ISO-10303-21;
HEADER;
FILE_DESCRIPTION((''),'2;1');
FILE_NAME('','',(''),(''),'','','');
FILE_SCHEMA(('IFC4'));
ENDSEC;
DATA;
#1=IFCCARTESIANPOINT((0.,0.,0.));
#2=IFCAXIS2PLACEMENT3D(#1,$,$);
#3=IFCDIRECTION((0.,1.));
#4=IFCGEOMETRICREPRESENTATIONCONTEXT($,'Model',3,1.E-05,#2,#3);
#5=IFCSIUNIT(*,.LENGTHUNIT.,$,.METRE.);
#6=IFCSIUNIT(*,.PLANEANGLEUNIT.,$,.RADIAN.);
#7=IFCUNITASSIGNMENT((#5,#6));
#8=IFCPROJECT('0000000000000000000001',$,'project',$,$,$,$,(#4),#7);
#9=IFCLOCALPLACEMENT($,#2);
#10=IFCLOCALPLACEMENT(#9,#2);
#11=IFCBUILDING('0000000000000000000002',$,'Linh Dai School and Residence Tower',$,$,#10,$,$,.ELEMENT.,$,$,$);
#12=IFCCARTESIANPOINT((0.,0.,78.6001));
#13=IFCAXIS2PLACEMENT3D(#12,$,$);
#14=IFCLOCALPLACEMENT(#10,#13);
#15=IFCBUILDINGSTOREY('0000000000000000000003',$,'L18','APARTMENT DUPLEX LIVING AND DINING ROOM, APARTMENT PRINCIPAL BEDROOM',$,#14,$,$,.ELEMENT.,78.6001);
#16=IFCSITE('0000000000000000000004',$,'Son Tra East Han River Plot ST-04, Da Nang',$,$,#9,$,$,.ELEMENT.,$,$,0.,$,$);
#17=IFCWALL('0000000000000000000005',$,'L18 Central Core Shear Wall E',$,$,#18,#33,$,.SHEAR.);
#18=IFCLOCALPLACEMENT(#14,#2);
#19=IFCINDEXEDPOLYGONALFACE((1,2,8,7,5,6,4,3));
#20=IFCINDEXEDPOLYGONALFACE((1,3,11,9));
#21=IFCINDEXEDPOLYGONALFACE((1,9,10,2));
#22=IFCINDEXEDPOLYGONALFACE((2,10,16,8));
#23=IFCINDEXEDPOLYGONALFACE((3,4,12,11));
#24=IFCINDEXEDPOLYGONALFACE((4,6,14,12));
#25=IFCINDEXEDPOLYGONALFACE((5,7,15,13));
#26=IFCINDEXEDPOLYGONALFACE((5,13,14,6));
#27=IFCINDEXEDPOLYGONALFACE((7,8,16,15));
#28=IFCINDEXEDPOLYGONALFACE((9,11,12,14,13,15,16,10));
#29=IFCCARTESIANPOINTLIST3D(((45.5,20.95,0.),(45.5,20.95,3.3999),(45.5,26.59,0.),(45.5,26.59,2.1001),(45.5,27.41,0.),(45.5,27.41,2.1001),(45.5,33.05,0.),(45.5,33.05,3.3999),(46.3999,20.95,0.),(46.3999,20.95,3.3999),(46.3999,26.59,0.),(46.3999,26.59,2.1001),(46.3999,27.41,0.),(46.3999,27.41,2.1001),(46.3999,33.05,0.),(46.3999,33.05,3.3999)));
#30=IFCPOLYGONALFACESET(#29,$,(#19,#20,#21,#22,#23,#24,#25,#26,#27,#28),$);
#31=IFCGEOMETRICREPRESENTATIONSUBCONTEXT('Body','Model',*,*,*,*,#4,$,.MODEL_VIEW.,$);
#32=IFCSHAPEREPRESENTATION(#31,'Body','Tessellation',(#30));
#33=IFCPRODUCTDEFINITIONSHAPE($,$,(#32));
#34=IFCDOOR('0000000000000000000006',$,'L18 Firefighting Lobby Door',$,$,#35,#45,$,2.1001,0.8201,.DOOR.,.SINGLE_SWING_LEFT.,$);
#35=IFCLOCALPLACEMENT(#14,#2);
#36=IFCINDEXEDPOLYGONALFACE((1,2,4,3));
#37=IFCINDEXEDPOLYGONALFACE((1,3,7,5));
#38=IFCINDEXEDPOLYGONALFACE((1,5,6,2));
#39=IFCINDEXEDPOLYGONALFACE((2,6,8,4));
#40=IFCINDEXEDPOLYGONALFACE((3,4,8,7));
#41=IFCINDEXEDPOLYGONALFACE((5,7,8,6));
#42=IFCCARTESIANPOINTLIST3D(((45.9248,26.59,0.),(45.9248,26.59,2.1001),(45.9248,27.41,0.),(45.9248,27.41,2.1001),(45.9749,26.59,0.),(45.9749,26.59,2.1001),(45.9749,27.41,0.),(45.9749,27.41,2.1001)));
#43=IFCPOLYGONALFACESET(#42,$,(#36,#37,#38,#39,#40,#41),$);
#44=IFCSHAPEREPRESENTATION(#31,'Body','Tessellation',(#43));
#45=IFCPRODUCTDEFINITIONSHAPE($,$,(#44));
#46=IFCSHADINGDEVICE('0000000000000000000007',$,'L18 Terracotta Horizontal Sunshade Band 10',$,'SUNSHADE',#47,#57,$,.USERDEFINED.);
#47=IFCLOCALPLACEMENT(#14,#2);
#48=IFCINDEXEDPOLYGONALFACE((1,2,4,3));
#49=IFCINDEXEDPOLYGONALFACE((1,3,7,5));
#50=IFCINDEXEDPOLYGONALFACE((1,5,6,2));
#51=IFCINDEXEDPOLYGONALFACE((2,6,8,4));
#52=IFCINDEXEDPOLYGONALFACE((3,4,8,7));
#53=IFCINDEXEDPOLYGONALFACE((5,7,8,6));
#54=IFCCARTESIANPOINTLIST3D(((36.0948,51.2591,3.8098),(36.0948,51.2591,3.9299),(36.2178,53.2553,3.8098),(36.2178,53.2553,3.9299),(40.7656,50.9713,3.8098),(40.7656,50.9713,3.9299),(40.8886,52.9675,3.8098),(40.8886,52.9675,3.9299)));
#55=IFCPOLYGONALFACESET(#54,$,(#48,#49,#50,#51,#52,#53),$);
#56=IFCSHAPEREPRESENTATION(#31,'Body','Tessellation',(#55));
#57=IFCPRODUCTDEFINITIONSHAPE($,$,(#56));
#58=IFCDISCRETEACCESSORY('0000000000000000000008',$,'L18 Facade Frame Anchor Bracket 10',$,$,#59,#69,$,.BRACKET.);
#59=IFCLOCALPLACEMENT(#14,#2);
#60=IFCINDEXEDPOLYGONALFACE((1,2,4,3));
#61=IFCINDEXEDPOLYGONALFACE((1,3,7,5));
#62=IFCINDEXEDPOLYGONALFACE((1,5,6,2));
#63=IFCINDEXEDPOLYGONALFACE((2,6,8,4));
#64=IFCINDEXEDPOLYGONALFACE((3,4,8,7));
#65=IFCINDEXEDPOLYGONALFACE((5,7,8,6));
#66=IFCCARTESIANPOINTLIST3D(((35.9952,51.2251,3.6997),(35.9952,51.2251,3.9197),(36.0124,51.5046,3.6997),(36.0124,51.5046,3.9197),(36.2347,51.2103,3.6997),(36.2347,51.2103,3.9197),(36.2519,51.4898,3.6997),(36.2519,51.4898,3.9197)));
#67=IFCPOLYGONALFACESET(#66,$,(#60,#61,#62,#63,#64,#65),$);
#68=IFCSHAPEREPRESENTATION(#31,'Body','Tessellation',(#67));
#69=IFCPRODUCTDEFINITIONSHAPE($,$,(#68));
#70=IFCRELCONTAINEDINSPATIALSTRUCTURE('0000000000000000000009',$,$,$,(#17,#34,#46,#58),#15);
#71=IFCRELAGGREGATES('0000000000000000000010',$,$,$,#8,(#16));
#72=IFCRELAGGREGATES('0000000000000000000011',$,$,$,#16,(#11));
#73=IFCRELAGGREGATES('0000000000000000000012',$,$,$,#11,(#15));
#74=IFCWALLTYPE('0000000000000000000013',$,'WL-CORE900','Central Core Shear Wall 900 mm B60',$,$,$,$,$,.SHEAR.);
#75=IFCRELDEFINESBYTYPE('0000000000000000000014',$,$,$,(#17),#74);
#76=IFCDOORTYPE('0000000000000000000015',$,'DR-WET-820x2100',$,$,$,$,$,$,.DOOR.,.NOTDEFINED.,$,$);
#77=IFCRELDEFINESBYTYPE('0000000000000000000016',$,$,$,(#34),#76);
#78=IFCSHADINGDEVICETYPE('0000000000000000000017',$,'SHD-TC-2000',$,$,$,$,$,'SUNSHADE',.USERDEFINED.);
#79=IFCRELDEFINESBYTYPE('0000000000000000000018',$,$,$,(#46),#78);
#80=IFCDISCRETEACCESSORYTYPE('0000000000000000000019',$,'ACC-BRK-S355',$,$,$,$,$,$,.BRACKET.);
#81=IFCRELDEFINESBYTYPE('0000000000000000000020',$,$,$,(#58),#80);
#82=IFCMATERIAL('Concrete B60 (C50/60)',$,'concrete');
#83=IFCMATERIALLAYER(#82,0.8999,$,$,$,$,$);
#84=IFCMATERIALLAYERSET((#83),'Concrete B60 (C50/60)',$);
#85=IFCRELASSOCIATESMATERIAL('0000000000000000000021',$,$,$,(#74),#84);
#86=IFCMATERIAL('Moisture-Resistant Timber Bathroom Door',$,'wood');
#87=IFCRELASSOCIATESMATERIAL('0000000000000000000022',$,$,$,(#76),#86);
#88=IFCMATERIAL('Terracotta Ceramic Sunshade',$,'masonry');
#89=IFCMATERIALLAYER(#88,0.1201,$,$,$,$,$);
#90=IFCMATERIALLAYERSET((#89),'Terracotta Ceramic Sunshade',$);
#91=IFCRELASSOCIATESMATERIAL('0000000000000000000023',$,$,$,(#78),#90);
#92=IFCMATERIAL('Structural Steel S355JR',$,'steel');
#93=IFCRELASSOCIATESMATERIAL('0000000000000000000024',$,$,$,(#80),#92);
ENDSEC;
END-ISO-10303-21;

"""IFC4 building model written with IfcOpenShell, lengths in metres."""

from ifc_helpers import new_model, si_unit, direction, frame, frame_2d, origin, origin_2d, place, context, subcontext, project, spatial, rectangle, extrude, source, transform, mapped, material, layer, layer_set, type_object, element, fill, save


model = new_model("IFC4")

# Units and contexts
model_context = context("Model", 3, precision=1e-05, world=origin(), true_north=direction((0.0, 1.0)))
body_context = subcontext(model_context, "Body", "Model", "MODEL_VIEW")
ifc_project = project(units=[si_unit("LENGTHUNIT", "METRE"), si_unit("PLANEANGLEUNIT", "RADIAN")], contexts=[model_context])

# Site, building, storey
site_placement = place(None, origin())
site = spatial("IfcSite", under=ifc_project, at=site_placement, Name="Son Tra East Han River Plot ST-04, Da Nang", CompositionType="ELEMENT", RefElevation=0.0)
building_placement = place(site_placement, origin())
building = spatial("IfcBuilding", under=site, at=building_placement, Name="Linh Dai School and Residence Tower", CompositionType="ELEMENT")
storey_placement = place(building_placement, frame((0.0, 0.0, 78.6001)))
storey = spatial("IfcBuildingStorey", under=building, at=storey_placement, Name="L18", Description="APARTMENT DUPLEX LIVING AND DINING ROOM, APARTMENT PRINCIPAL BEDROOM", CompositionType="ELEMENT", Elevation=78.6001)

# Shared definitions
ifc_material_1 = material(Name="Concrete B60 (C50/60)", Category="concrete")

# Shared definitions
ifc_material_2 = material(Name="Structural Steel S355JR", Category="steel")

# Wall, opening, door
ifc_layer_1 = layer(ifc_material_1, 0.8999)
ifc_layer_set_1 = layer_set([ifc_layer_1], Name="Concrete B60 (C50/60)")
wall_type_1 = type_object("IfcWallType", Name="WL-CORE900", Description="Central Core Shear Wall 900 mm B60", PredefinedType="SHEAR", material=ifc_layer_set_1)
wall_1_placement = place(storey_placement, frame((45.95, 33.05, 0.0), z_axis=(0.0, 0.0, 1.0), x_axis=(0.0, -1.0, 0.0)))
wall_1 = element("IfcWall", 1, at=wall_1_placement, inside=storey, type_object=wall_type_1, Name="L18 Central Core Shear Wall E", PredefinedType="SHEAR", context=body_context, shape_type="SweptSolid", body=[
    extrude(rectangle(XDim=12.1001, YDim=0.8999, at=frame_2d((6.05, 0.0))), origin(), (0.0, 0.0, 1.0), 3.3999),
])
opening_1_placement = place(wall_1_placement, frame((5.6399, 0.0, 0.0)))
opening_1 = element("IfcOpeningElement", 2, at=opening_1_placement, cuts=wall_1, PredefinedType="OPENING", context=body_context, shape_type="SweptSolid", body=[
    extrude(rectangle(XDim=0.8201, YDim=2.1001, at=origin_2d()), frame((0.4102, 0.46, 1.05), z_axis=(0.0, -1.0, 0.0), x_axis=(1.0, 0.0, 0.0)), (0.0, 0.0, 1.0), 0.9199),
])
ifc_material_3 = material(Name="Moisture-Resistant Timber Bathroom Door", Category="wood")
door_type_1 = type_object("IfcDoorType", Name="DR-WET-820x2100", OperationType="NOTDEFINED", PredefinedType="DOOR", material=ifc_material_3)
shared_shape_1 = source(origin(), body_context, "Body", "SweptSolid", [
    extrude(rectangle(XDim=0.8201, YDim=2.1001, at=origin_2d()), frame((0.4102, 0.0249, 1.05), z_axis=(0.0, -1.0, 0.0), x_axis=(1.0, 0.0, 0.0)), (0.0, 0.0, 1.0), 0.05),
])
door_1_placement = place(opening_1_placement, origin())
door_1 = element("IfcDoor", 3, at=door_1_placement, inside=storey, type_object=door_type_1, Name="L18 Firefighting Lobby Door", OperationType="SINGLE_SWING_LEFT", OverallHeight=2.1001, OverallWidth=0.8201, PredefinedType="DOOR", context=body_context, shape_type="MappedRepresentation", body=[
    mapped(shared_shape_1, transform((0.0, 0.0, 0.0), x_axis=(1.0, 0.0, 0.0), y_axis=(0.0, 1.0, 0.0), z_axis=(0.0, 0.0, 1.0), scale=1.0)),
])
fill(opening_1, door_1)

# Shading device
ifc_material_4 = material(Name="Terracotta Ceramic Sunshade", Category="masonry")
ifc_layer_2 = layer(ifc_material_4, 0.1201)
ifc_layer_set_2 = layer_set([ifc_layer_2], Name="Terracotta Ceramic Sunshade")
shading_device_type = type_object("IfcShadingDeviceType", Name="SHD-TC-2000", ElementType="SUNSHADE", PredefinedType="USERDEFINED", material=ifc_layer_set_2)
shared_shape_2 = source(origin(), body_context, "Body", "SweptSolid", [
    extrude(rectangle(XDim=4.6797, YDim=2.0, at=origin_2d()), origin(), (0.0, 0.0, 1.0), 0.1201),
])
shading_device_placement = place(storey_placement, frame((38.4917, 52.1133, 3.8098), z_axis=(0.0, 0.0, 1.0), x_axis=(0.998107, -0.061507, 0.0)))
element("IfcShadingDevice", 4, at=shading_device_placement, inside=storey, type_object=shading_device_type, Name="L18 Terracotta Horizontal Sunshade Band 10", ObjectType="SUNSHADE", PredefinedType="USERDEFINED", context=body_context, shape_type="MappedRepresentation", body=[
    mapped(shared_shape_2, transform((0.0, 0.0, 0.0), x_axis=(1.0, 0.0, 0.0), y_axis=(0.0, 1.0, 0.0), z_axis=(0.0, 0.0, 1.0), scale=1.0)),
])

# Discrete accessory
discrete_accessory_type = type_object("IfcDiscreteAccessoryType", Name="ACC-BRK-S355", PredefinedType="BRACKET", material=ifc_material_2)
shared_shape_3 = source(origin(), body_context, "Body", "SweptSolid", [
    extrude(rectangle(XDim=0.28, YDim=0.24, at=origin_2d()), origin(), (0.0, 0.0, 1.0), 0.22),
])
discrete_accessory_placement = place(storey_placement, frame((36.1235, 51.3574, 3.6997), z_axis=(0.0, 0.0, 1.0), x_axis=(0.061507, 0.998107, 0.0)))
element("IfcDiscreteAccessory", 5, at=discrete_accessory_placement, inside=storey, type_object=discrete_accessory_type, Name="L18 Facade Frame Anchor Bracket 10", PredefinedType="BRACKET", context=body_context, shape_type="MappedRepresentation", body=[
    mapped(shared_shape_3, transform((0.0, 0.0, 0.0), x_axis=(1.0, 0.0, 0.0), y_axis=(0.0, 1.0, 0.0), z_axis=(0.0, 0.0, 1.0), scale=1.0)),
])

save(model, "model.ifc")
